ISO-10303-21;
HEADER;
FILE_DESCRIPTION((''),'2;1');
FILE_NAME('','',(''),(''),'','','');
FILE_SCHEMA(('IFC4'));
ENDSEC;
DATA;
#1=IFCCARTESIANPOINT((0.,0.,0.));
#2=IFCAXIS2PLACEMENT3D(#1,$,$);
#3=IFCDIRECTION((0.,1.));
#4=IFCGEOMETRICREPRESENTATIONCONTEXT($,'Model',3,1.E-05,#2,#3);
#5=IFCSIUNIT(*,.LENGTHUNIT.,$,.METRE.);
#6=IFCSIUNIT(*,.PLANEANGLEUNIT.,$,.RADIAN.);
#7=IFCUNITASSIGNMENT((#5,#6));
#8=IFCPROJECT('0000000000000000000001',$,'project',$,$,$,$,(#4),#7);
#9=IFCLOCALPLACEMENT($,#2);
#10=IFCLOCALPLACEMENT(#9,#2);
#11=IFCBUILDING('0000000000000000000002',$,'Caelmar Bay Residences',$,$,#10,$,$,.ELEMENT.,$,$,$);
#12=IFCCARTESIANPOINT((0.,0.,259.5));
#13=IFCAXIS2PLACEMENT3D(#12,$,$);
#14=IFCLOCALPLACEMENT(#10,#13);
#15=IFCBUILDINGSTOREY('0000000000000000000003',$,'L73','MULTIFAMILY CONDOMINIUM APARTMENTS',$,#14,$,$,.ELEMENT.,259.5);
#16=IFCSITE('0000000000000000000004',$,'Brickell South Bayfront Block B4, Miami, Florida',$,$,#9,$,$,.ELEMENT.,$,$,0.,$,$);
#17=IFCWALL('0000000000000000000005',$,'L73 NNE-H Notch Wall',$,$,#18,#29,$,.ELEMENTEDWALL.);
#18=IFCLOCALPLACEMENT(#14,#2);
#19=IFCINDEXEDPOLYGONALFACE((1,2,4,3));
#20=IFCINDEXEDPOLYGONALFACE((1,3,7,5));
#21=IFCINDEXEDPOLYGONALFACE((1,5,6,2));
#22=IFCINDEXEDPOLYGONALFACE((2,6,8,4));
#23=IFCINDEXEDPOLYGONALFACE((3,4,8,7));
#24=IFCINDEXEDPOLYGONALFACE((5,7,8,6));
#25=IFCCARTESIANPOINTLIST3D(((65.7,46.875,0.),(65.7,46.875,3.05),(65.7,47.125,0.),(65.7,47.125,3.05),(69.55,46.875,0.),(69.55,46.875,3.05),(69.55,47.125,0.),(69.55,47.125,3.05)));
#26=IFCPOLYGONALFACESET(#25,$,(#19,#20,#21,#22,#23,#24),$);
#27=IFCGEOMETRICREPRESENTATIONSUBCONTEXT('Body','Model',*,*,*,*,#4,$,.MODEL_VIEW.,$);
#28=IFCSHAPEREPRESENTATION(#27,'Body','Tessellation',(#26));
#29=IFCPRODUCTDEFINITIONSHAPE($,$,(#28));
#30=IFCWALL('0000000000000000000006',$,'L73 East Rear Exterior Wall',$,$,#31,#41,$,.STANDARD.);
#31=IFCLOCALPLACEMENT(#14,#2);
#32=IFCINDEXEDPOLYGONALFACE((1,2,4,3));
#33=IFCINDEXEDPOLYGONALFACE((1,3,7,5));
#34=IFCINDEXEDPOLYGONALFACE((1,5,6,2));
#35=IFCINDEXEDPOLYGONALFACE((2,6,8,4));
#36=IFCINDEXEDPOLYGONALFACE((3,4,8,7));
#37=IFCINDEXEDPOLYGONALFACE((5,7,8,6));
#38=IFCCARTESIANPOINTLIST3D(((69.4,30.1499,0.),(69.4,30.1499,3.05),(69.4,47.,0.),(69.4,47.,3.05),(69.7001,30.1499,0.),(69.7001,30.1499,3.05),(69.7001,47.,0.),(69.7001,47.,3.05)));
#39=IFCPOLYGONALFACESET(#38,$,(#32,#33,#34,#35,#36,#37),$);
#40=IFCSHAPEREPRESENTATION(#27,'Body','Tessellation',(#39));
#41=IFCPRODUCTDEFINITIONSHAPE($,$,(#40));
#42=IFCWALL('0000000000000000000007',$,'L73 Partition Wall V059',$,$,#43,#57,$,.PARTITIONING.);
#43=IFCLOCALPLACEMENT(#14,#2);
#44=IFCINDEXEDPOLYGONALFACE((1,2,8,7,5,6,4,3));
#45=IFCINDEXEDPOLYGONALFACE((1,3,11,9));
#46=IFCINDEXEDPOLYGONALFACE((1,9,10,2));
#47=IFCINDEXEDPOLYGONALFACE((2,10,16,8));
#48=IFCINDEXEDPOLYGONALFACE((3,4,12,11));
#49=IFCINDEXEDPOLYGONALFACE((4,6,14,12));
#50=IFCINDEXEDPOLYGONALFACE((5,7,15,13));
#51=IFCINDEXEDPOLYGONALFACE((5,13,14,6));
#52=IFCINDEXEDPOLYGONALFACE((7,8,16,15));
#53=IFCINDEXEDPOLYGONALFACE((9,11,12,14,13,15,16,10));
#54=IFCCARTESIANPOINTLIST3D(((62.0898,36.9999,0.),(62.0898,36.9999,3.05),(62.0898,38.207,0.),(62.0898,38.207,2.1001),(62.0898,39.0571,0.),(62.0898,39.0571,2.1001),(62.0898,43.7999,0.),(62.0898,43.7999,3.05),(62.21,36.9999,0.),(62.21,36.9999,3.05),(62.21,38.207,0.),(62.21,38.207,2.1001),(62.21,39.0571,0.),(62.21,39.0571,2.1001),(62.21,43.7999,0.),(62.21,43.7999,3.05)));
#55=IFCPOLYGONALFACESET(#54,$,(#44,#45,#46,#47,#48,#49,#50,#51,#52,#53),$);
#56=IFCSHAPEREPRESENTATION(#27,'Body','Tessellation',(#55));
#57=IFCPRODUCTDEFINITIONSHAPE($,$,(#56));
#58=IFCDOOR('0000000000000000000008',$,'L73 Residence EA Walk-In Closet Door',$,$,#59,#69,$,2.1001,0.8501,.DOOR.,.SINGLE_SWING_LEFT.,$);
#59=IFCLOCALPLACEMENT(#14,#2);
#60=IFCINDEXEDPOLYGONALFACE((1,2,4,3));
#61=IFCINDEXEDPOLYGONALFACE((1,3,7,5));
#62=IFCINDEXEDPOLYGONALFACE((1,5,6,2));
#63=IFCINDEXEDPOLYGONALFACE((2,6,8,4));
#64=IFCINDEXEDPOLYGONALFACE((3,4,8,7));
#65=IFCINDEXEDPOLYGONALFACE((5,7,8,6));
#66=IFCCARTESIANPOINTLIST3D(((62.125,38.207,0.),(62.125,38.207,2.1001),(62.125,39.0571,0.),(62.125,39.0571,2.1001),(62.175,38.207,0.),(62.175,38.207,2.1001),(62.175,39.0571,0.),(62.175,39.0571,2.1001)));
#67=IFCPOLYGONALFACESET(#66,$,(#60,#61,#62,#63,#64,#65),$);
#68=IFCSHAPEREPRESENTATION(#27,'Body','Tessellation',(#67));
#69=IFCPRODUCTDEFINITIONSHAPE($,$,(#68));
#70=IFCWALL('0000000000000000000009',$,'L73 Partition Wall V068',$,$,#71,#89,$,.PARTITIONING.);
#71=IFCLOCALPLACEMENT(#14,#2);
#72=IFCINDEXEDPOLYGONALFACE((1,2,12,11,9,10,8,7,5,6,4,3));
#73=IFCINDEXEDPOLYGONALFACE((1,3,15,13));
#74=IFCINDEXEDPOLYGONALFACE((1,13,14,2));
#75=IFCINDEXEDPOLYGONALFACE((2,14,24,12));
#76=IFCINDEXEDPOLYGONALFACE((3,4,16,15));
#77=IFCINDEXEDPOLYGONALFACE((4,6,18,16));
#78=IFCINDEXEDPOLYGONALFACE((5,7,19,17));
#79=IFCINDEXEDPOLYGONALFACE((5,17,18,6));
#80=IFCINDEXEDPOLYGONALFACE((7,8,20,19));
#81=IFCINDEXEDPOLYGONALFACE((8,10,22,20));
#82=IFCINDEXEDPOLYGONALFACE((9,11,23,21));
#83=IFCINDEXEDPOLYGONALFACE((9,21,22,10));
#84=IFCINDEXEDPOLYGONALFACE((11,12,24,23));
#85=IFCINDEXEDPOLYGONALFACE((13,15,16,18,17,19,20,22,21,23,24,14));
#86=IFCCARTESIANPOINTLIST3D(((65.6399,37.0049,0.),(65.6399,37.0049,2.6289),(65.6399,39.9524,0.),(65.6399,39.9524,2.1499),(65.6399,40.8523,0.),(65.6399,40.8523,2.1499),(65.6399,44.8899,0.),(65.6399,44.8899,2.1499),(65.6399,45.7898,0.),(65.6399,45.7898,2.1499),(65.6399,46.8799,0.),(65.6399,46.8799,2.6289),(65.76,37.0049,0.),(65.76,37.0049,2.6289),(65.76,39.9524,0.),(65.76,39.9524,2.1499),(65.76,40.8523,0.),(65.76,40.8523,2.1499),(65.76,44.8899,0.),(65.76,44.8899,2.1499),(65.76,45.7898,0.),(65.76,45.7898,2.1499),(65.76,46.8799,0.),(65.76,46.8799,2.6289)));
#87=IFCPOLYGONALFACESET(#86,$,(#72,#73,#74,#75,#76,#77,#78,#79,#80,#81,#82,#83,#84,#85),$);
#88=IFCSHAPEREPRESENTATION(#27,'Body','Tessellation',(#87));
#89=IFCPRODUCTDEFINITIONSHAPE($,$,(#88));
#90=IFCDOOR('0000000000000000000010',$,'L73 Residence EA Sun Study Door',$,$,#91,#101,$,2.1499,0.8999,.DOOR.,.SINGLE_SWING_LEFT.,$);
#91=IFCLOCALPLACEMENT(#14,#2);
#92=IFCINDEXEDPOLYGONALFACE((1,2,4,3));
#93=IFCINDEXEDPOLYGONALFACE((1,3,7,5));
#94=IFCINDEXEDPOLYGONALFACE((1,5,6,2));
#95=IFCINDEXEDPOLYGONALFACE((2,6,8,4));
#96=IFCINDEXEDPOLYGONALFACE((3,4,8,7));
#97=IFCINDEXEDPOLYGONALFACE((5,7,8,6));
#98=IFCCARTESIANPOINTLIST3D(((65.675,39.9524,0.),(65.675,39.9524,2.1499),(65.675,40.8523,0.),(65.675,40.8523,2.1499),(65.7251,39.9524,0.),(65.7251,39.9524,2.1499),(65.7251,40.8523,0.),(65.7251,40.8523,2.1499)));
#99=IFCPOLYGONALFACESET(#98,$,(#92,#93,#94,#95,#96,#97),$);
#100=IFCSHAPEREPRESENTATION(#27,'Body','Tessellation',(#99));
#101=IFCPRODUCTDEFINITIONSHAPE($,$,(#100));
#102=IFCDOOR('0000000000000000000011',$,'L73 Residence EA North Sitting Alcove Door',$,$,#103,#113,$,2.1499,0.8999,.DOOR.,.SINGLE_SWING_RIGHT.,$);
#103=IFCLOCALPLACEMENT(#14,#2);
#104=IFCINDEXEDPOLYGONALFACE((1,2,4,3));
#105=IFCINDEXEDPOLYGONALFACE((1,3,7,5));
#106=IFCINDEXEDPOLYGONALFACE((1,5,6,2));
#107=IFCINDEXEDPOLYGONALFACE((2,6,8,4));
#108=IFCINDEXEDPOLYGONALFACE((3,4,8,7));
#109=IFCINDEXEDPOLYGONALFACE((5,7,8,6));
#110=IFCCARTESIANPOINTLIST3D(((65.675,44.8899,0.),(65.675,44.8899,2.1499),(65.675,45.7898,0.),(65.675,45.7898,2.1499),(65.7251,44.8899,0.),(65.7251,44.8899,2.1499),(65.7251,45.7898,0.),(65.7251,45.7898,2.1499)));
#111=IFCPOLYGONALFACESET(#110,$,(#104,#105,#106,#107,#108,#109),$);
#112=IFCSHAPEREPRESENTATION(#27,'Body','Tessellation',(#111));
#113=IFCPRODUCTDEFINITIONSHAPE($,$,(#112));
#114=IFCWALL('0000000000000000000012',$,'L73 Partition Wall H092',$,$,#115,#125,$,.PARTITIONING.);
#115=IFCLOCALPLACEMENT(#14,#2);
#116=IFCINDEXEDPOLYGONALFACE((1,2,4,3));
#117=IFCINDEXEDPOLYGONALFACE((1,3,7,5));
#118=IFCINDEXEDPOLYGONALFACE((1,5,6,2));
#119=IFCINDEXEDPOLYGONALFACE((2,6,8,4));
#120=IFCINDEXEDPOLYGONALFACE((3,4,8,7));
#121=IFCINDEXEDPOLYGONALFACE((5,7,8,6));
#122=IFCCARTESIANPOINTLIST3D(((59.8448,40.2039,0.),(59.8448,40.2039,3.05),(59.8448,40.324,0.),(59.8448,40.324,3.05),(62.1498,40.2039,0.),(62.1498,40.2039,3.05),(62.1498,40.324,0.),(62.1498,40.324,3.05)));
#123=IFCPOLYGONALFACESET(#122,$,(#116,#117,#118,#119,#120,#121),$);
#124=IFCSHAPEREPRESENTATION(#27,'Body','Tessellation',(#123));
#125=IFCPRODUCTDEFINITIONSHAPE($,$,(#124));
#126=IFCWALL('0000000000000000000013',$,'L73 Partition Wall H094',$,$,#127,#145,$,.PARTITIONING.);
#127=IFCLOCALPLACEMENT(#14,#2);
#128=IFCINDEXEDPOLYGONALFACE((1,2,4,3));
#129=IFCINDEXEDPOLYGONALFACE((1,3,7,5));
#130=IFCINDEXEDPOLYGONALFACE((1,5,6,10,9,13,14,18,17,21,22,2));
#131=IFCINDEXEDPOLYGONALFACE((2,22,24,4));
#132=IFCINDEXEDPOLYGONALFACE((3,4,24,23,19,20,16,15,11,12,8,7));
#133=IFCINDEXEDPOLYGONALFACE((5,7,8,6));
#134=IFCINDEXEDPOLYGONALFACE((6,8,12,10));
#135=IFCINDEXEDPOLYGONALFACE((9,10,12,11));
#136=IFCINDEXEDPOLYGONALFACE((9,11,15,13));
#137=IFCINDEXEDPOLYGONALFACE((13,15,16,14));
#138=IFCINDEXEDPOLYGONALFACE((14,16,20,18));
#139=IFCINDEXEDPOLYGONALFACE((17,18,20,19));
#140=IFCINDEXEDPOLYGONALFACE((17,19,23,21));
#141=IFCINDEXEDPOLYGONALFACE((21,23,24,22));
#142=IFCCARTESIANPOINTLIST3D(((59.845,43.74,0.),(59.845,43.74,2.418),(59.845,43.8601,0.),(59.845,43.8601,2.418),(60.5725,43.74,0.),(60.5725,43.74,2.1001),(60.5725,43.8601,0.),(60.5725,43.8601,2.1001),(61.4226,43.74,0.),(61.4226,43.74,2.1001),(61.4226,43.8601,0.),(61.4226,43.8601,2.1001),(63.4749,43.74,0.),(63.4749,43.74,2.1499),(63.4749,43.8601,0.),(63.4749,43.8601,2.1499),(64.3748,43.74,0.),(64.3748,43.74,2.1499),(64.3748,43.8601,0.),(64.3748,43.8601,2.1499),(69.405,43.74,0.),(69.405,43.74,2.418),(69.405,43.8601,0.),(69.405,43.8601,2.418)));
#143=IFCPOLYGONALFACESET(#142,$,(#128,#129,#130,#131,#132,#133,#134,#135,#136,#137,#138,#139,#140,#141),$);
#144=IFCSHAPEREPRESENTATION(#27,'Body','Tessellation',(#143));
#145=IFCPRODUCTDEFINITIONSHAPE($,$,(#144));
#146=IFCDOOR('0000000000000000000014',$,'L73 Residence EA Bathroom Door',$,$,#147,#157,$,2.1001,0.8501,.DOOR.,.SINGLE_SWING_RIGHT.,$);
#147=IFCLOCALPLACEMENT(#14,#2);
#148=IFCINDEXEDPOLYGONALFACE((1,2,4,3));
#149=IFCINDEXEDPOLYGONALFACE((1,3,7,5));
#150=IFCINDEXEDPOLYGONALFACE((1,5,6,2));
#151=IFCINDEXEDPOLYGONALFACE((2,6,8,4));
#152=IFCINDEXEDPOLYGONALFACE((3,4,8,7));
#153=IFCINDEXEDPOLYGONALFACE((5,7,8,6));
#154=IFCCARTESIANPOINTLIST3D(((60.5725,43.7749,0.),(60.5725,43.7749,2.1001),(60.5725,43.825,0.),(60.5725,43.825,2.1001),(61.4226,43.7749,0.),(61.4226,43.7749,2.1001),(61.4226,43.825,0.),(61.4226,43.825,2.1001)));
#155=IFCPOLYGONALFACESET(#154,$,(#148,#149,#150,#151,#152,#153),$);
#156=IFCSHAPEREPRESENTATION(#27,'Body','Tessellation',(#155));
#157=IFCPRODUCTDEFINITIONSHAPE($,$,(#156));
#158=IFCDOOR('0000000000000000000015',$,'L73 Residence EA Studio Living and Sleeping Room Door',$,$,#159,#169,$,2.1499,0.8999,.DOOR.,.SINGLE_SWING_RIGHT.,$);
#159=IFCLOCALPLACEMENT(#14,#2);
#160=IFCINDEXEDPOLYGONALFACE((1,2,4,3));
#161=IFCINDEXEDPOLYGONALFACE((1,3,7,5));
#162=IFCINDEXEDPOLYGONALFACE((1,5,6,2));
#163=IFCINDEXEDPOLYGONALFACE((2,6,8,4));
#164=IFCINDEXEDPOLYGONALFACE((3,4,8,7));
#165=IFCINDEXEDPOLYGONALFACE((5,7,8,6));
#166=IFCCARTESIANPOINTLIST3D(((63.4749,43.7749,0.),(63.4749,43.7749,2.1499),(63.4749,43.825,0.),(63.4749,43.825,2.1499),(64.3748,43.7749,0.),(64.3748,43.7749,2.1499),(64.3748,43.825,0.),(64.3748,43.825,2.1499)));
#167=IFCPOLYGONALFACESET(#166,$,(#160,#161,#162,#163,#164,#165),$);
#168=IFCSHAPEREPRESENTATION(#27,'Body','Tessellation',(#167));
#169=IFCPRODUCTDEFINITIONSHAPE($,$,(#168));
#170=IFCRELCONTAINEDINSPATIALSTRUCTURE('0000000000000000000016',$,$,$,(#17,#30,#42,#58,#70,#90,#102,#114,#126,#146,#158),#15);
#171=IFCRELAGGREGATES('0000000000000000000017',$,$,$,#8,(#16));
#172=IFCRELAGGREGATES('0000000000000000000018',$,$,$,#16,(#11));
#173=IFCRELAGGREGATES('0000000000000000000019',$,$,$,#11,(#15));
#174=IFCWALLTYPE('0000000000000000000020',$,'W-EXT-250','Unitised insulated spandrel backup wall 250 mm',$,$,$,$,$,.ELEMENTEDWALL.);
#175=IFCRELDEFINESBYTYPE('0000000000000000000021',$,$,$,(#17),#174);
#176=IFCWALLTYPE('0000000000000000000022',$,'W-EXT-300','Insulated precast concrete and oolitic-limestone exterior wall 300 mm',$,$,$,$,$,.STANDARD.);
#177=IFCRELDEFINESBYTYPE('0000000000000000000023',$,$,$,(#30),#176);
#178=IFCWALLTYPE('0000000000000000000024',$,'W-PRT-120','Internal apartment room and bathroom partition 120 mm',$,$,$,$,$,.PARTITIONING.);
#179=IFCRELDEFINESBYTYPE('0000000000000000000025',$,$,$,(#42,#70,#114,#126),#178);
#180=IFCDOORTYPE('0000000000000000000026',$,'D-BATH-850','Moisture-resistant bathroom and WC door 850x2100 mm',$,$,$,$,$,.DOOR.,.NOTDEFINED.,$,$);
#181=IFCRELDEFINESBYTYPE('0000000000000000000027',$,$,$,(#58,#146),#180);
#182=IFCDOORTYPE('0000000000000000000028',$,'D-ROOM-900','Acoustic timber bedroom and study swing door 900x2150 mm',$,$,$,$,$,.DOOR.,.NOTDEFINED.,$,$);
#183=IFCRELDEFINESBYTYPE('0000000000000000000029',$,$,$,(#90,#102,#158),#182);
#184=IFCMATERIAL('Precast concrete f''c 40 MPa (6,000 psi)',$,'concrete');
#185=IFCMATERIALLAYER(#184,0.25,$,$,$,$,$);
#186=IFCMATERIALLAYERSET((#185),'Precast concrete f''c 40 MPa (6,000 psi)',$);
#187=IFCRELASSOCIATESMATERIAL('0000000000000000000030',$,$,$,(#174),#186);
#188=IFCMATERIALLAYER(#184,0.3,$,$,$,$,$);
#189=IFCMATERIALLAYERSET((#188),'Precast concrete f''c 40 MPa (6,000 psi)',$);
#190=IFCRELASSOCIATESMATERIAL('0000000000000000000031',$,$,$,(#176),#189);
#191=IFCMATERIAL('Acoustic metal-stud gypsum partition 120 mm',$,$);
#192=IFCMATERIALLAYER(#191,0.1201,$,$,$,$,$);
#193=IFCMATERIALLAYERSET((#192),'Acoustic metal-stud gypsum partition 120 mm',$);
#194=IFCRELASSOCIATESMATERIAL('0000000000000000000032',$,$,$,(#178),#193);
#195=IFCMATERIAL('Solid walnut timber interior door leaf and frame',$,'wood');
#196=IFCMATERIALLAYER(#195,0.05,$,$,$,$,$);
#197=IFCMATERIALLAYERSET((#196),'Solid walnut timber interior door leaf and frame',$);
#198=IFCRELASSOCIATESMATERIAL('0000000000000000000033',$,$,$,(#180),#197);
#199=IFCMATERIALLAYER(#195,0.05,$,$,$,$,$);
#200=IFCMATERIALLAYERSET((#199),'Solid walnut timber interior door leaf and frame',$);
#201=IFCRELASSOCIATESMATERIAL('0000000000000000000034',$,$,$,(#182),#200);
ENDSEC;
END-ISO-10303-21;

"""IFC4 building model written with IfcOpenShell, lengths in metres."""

from ifc_helpers import new_model, si_unit, direction, frame, frame_2d, origin, place, context, subcontext, project, spatial, rectangle, extrude, material, layer, layer_set, type_object, element, fill, save


model = new_model("IFC4")

# Units and contexts
model_context = context("Model", 3, precision=1e-05, world=origin(), true_north=direction((0.0, 1.0)))
body_context = subcontext(model_context, "Body", "Model", "MODEL_VIEW")
ifc_project = project(units=[si_unit("LENGTHUNIT", "METRE"), si_unit("PLANEANGLEUNIT", "RADIAN")], contexts=[model_context])

# Site, building, storey
site_placement = place(None, origin())
site = spatial("IfcSite", under=ifc_project, at=site_placement, Name="Brickell South Bayfront Block B4, Miami, Florida", CompositionType="ELEMENT", RefElevation=0.0)
building_placement = place(site_placement, origin())
building = spatial("IfcBuilding", under=site, at=building_placement, Name="Caelmar Bay Residences", CompositionType="ELEMENT")
storey_placement = place(building_placement, frame((0.0, 0.0, 259.5)))
storey = spatial("IfcBuildingStorey", under=building, at=storey_placement, Name="L73", Description="MULTIFAMILY CONDOMINIUM APARTMENTS", CompositionType="ELEMENT", Elevation=259.5)

# Walls
ifc_material_1 = material(Name="Precast concrete f'c 40 MPa (6,000 psi)", Category="concrete")
ifc_layer_1 = layer(ifc_material_1, 0.25)
ifc_layer_set_1 = layer_set([ifc_layer_1], Name="Precast concrete f'c 40 MPa (6,000 psi)")
wall_type_1 = type_object("IfcWallType", Name="W-EXT-250", Description="Unitised insulated spandrel backup wall 250 mm", PredefinedType="ELEMENTEDWALL", material=ifc_layer_set_1)
wall_1_placement = place(storey_placement, frame((65.7, 47.0, 0.0), z_axis=(0.0, 0.0, 1.0), x_axis=(1.0, 0.0, 0.0)))
element("IfcWall", 1, at=wall_1_placement, inside=storey, type_object=wall_type_1, Name="L73 NNE-H Notch Wall", PredefinedType="ELEMENTEDWALL", context=body_context, shape_type="SweptSolid", body=[
    extrude(rectangle(XDim=3.8501, YDim=0.25, at=frame_2d((1.925, 0.0))), origin(), (0.0, 0.0, 1.0), 3.05),
])
ifc_layer_2 = layer(ifc_material_1, 0.3)
ifc_layer_set_2 = layer_set([ifc_layer_2], Name="Precast concrete f'c 40 MPa (6,000 psi)")
wall_type_2 = type_object("IfcWallType", Name="W-EXT-300", Description="Insulated precast concrete and oolitic-limestone exterior wall 300 mm", PredefinedType="STANDARD", material=ifc_layer_set_2)
wall_2_placement = place(storey_placement, frame((69.55, 47.0, 0.0), z_axis=(0.0, 0.0, 1.0), x_axis=(0.0, -1.0, 0.0)))
element("IfcWall", 2, at=wall_2_placement, inside=storey, type_object=wall_type_2, Name="L73 East Rear Exterior Wall", PredefinedType="STANDARD", context=body_context, shape_type="SweptSolid", body=[
    extrude(rectangle(XDim=16.8501, YDim=0.3, at=frame_2d((8.425, 0.0))), origin(), (0.0, 0.0, 1.0), 3.05),
])

# Wall, opening, door
ifc_material_2 = material(Name="Acoustic metal-stud gypsum partition 120 mm")
ifc_layer_3 = layer(ifc_material_2, 0.1201)
ifc_layer_set_3 = layer_set([ifc_layer_3], Name="Acoustic metal-stud gypsum partition 120 mm")
wall_type_3 = type_object("IfcWallType", Name="W-PRT-120", Description="Internal apartment room and bathroom partition 120 mm", PredefinedType="PARTITIONING", material=ifc_layer_set_3)
wall_3_placement = place(storey_placement, frame((62.1499, 37.0, 0.0), z_axis=(0.0, 0.0, 1.0), x_axis=(0.0, 1.0, 0.0)))
wall_3 = element("IfcWall", 3, at=wall_3_placement, inside=storey, type_object=wall_type_3, Name="L73 Partition Wall V059", PredefinedType="PARTITIONING", context=body_context, shape_type="SweptSolid", body=[
    extrude(rectangle(XDim=6.8, YDim=0.1201, at=frame_2d((3.3999, 0.0))), origin(), (0.0, 0.0, 1.0), 3.05),
])
opening_1_placement = place(wall_3_placement, frame((1.207, 0.0, 0.0)))
opening_1 = element("IfcOpeningElement", 4, at=opening_1_placement, cuts=wall_3, PredefinedType="OPENING", context=body_context, shape_type="SweptSolid", body=[
    extrude(rectangle(XDim=0.8501, YDim=2.1001, at=frame_2d((0.425, 1.05))), frame((0.0, 0.0701, 0.0), z_axis=(0.0, -1.0, 0.0), x_axis=(1.0, 0.0, 0.0)), (0.0, 0.0, 1.0), 0.1401),
])
ifc_material_3 = material(Name="Solid walnut timber interior door leaf and frame", Category="wood")
ifc_layer_4 = layer(ifc_material_3, 0.05)
ifc_layer_set_4 = layer_set([ifc_layer_4], Name="Solid walnut timber interior door leaf and frame")
door_type_1 = type_object("IfcDoorType", Name="D-BATH-850", Description="Moisture-resistant bathroom and WC door 850x2100 mm", OperationType="NOTDEFINED", PredefinedType="DOOR", material=ifc_layer_set_4)
door_1_placement = place(opening_1_placement, origin())
door_1 = element("IfcDoor", 5, at=door_1_placement, inside=storey, type_object=door_type_1, Name="L73 Residence EA Walk-In Closet Door", OperationType="SINGLE_SWING_LEFT", OverallHeight=2.1001, OverallWidth=0.8501, PredefinedType="DOOR", context=body_context, shape_type="SweptSolid", body=[
    extrude(rectangle(XDim=0.8501, YDim=2.1001, at=frame_2d((0.425, 1.05))), frame((0.0, 0.0249, 0.0), z_axis=(0.0, -1.0, 0.0), x_axis=(1.0, 0.0, 0.0)), (0.0, 0.0, 1.0), 0.05),
])
fill(opening_1, door_1)

# Wall, openings, doors
wall_4_placement = place(storey_placement, frame((65.7, 37.0049, 0.0), z_axis=(0.0, 0.0, 1.0), x_axis=(0.0, 1.0, 0.0)))
wall_4 = element("IfcWall", 6, at=wall_4_placement, inside=storey, type_object=wall_type_3, Name="L73 Partition Wall V068", PredefinedType="PARTITIONING", context=body_context, shape_type="SweptSolid", body=[
    extrude(rectangle(XDim=9.875, YDim=0.1201, at=frame_2d((4.9375, 0.0))), origin(), (0.0, 0.0, 1.0), 2.6289),
])
opening_2_placement = place(wall_4_placement, frame((2.9475, 0.0, 0.0)))
opening_2 = element("IfcOpeningElement", 7, at=opening_2_placement, cuts=wall_4, PredefinedType="OPENING", context=body_context, shape_type="SweptSolid", body=[
    extrude(rectangle(XDim=0.8999, YDim=2.1499, at=frame_2d((0.45, 1.075))), frame((0.0, 0.0701, 0.0), z_axis=(0.0, -1.0, 0.0), x_axis=(1.0, 0.0, 0.0)), (0.0, 0.0, 1.0), 0.1401),
])
opening_3_placement = place(wall_4_placement, frame((7.885, 0.0, 0.0)))
opening_3 = element("IfcOpeningElement", 8, at=opening_3_placement, cuts=wall_4, PredefinedType="OPENING", context=body_context, shape_type="SweptSolid", body=[
    extrude(rectangle(XDim=0.8999, YDim=2.1499, at=frame_2d((0.45, 1.075))), frame((0.0, 0.0701, 0.0), z_axis=(0.0, -1.0, 0.0), x_axis=(1.0, 0.0, 0.0)), (0.0, 0.0, 1.0), 0.1401),
])
ifc_layer_5 = layer(ifc_material_3, 0.05)
ifc_layer_set_5 = layer_set([ifc_layer_5], Name="Solid walnut timber interior door leaf and frame")
door_type_2 = type_object("IfcDoorType", Name="D-ROOM-900", Description="Acoustic timber bedroom and study swing door 900x2150 mm", OperationType="NOTDEFINED", PredefinedType="DOOR", material=ifc_layer_set_5)
door_2_placement = place(opening_2_placement, origin())
door_2 = element("IfcDoor", 9, at=door_2_placement, inside=storey, type_object=door_type_2, Name="L73 Residence EA Sun Study Door", OperationType="SINGLE_SWING_LEFT", OverallHeight=2.1499, OverallWidth=0.8999, PredefinedType="DOOR", context=body_context, shape_type="SweptSolid", body=[
    extrude(rectangle(XDim=0.8999, YDim=2.1499, at=frame_2d((0.45, 1.075))), frame((0.0, 0.0249, 0.0), z_axis=(0.0, -1.0, 0.0), x_axis=(1.0, 0.0, 0.0)), (0.0, 0.0, 1.0), 0.05),
])
fill(opening_2, door_2)
door_3_placement = place(opening_3_placement, origin())
door_3 = element("IfcDoor", 10, at=door_3_placement, inside=storey, type_object=door_type_2, Name="L73 Residence EA North Sitting Alcove Door", OperationType="SINGLE_SWING_RIGHT", OverallHeight=2.1499, OverallWidth=0.8999, PredefinedType="DOOR", context=body_context, shape_type="SweptSolid", body=[
    extrude(rectangle(XDim=0.8999, YDim=2.1499, at=frame_2d((0.45, 1.075))), frame((0.0, 0.0249, 0.0), z_axis=(0.0, -1.0, 0.0), x_axis=(1.0, 0.0, 0.0)), (0.0, 0.0, 1.0), 0.05),
])
fill(opening_3, door_3)

# Wall
wall_5_placement = place(storey_placement, frame((59.845, 40.2639, 0.0), z_axis=(0.0, 0.0, 1.0), x_axis=(1.0, 0.0, 0.0)))
element("IfcWall", 11, at=wall_5_placement, inside=storey, type_object=wall_type_3, Name="L73 Partition Wall H092", PredefinedType="PARTITIONING", context=body_context, shape_type="SweptSolid", body=[
    extrude(rectangle(XDim=2.3049, YDim=0.1201, at=frame_2d((1.1523, 0.0))), origin(), (0.0, 0.0, 1.0), 3.05),
])

# Wall, openings, doors
wall_6_placement = place(storey_placement, frame((59.845, 43.8, 0.0), z_axis=(0.0, 0.0, 1.0), x_axis=(1.0, 0.0, 0.0)))
wall_6 = element("IfcWall", 12, at=wall_6_placement, inside=storey, type_object=wall_type_3, Name="L73 Partition Wall H094", PredefinedType="PARTITIONING", context=body_context, shape_type="SweptSolid", body=[
    extrude(rectangle(XDim=9.5601, YDim=0.1201, at=frame_2d((4.78, 0.0))), origin(), (0.0, 0.0, 1.0), 2.418),
])
opening_4_placement = place(wall_6_placement, frame((3.6299, 0.0, 0.0)))
opening_4 = element("IfcOpeningElement", 13, at=opening_4_placement, cuts=wall_6, PredefinedType="OPENING", context=body_context, shape_type="SweptSolid", body=[
    extrude(rectangle(XDim=0.8999, YDim=2.1499, at=frame_2d((0.45, 1.075))), frame((0.0, 0.0701, 0.0), z_axis=(0.0, -1.0, 0.0), x_axis=(1.0, 0.0, 0.0)), (0.0, 0.0, 1.0), 0.1401),
])
opening_5_placement = place(wall_6_placement, frame((0.7275, 0.0, 0.0)))
opening_5 = element("IfcOpeningElement", 14, at=opening_5_placement, cuts=wall_6, PredefinedType="OPENING", context=body_context, shape_type="SweptSolid", body=[
    extrude(rectangle(XDim=0.8501, YDim=2.1001, at=frame_2d((0.425, 1.05))), frame((0.0, 0.0701, 0.0), z_axis=(0.0, -1.0, 0.0), x_axis=(1.0, 0.0, 0.0)), (0.0, 0.0, 1.0), 0.1401),
])
door_4_placement = place(opening_5_placement, origin())
door_4 = element("IfcDoor", 15, at=door_4_placement, inside=storey, type_object=door_type_1, Name="L73 Residence EA Bathroom Door", OperationType="SINGLE_SWING_RIGHT", OverallHeight=2.1001, OverallWidth=0.8501, PredefinedType="DOOR", context=body_context, shape_type="SweptSolid", body=[
    extrude(rectangle(XDim=0.8501, YDim=2.1001, at=frame_2d((0.425, 1.05))), frame((0.0, 0.0249, 0.0), z_axis=(0.0, -1.0, 0.0), x_axis=(1.0, 0.0, 0.0)), (0.0, 0.0, 1.0), 0.05),
])
fill(opening_5, door_4)
door_5_placement = place(opening_4_placement, origin())
door_5 = element("IfcDoor", 16, at=door_5_placement, inside=storey, type_object=door_type_2, Name="L73 Residence EA Studio Living and Sleeping Room Door", OperationType="SINGLE_SWING_RIGHT", OverallHeight=2.1499, OverallWidth=0.8999, PredefinedType="DOOR", context=body_context, shape_type="SweptSolid", body=[
    extrude(rectangle(XDim=0.8999, YDim=2.1499, at=frame_2d((0.45, 1.075))), frame((0.0, 0.0249, 0.0), z_axis=(0.0, -1.0, 0.0), x_axis=(1.0, 0.0, 0.0)), (0.0, 0.0, 1.0), 0.05),
])
fill(opening_4, door_5)

save(model, "model.ifc")
